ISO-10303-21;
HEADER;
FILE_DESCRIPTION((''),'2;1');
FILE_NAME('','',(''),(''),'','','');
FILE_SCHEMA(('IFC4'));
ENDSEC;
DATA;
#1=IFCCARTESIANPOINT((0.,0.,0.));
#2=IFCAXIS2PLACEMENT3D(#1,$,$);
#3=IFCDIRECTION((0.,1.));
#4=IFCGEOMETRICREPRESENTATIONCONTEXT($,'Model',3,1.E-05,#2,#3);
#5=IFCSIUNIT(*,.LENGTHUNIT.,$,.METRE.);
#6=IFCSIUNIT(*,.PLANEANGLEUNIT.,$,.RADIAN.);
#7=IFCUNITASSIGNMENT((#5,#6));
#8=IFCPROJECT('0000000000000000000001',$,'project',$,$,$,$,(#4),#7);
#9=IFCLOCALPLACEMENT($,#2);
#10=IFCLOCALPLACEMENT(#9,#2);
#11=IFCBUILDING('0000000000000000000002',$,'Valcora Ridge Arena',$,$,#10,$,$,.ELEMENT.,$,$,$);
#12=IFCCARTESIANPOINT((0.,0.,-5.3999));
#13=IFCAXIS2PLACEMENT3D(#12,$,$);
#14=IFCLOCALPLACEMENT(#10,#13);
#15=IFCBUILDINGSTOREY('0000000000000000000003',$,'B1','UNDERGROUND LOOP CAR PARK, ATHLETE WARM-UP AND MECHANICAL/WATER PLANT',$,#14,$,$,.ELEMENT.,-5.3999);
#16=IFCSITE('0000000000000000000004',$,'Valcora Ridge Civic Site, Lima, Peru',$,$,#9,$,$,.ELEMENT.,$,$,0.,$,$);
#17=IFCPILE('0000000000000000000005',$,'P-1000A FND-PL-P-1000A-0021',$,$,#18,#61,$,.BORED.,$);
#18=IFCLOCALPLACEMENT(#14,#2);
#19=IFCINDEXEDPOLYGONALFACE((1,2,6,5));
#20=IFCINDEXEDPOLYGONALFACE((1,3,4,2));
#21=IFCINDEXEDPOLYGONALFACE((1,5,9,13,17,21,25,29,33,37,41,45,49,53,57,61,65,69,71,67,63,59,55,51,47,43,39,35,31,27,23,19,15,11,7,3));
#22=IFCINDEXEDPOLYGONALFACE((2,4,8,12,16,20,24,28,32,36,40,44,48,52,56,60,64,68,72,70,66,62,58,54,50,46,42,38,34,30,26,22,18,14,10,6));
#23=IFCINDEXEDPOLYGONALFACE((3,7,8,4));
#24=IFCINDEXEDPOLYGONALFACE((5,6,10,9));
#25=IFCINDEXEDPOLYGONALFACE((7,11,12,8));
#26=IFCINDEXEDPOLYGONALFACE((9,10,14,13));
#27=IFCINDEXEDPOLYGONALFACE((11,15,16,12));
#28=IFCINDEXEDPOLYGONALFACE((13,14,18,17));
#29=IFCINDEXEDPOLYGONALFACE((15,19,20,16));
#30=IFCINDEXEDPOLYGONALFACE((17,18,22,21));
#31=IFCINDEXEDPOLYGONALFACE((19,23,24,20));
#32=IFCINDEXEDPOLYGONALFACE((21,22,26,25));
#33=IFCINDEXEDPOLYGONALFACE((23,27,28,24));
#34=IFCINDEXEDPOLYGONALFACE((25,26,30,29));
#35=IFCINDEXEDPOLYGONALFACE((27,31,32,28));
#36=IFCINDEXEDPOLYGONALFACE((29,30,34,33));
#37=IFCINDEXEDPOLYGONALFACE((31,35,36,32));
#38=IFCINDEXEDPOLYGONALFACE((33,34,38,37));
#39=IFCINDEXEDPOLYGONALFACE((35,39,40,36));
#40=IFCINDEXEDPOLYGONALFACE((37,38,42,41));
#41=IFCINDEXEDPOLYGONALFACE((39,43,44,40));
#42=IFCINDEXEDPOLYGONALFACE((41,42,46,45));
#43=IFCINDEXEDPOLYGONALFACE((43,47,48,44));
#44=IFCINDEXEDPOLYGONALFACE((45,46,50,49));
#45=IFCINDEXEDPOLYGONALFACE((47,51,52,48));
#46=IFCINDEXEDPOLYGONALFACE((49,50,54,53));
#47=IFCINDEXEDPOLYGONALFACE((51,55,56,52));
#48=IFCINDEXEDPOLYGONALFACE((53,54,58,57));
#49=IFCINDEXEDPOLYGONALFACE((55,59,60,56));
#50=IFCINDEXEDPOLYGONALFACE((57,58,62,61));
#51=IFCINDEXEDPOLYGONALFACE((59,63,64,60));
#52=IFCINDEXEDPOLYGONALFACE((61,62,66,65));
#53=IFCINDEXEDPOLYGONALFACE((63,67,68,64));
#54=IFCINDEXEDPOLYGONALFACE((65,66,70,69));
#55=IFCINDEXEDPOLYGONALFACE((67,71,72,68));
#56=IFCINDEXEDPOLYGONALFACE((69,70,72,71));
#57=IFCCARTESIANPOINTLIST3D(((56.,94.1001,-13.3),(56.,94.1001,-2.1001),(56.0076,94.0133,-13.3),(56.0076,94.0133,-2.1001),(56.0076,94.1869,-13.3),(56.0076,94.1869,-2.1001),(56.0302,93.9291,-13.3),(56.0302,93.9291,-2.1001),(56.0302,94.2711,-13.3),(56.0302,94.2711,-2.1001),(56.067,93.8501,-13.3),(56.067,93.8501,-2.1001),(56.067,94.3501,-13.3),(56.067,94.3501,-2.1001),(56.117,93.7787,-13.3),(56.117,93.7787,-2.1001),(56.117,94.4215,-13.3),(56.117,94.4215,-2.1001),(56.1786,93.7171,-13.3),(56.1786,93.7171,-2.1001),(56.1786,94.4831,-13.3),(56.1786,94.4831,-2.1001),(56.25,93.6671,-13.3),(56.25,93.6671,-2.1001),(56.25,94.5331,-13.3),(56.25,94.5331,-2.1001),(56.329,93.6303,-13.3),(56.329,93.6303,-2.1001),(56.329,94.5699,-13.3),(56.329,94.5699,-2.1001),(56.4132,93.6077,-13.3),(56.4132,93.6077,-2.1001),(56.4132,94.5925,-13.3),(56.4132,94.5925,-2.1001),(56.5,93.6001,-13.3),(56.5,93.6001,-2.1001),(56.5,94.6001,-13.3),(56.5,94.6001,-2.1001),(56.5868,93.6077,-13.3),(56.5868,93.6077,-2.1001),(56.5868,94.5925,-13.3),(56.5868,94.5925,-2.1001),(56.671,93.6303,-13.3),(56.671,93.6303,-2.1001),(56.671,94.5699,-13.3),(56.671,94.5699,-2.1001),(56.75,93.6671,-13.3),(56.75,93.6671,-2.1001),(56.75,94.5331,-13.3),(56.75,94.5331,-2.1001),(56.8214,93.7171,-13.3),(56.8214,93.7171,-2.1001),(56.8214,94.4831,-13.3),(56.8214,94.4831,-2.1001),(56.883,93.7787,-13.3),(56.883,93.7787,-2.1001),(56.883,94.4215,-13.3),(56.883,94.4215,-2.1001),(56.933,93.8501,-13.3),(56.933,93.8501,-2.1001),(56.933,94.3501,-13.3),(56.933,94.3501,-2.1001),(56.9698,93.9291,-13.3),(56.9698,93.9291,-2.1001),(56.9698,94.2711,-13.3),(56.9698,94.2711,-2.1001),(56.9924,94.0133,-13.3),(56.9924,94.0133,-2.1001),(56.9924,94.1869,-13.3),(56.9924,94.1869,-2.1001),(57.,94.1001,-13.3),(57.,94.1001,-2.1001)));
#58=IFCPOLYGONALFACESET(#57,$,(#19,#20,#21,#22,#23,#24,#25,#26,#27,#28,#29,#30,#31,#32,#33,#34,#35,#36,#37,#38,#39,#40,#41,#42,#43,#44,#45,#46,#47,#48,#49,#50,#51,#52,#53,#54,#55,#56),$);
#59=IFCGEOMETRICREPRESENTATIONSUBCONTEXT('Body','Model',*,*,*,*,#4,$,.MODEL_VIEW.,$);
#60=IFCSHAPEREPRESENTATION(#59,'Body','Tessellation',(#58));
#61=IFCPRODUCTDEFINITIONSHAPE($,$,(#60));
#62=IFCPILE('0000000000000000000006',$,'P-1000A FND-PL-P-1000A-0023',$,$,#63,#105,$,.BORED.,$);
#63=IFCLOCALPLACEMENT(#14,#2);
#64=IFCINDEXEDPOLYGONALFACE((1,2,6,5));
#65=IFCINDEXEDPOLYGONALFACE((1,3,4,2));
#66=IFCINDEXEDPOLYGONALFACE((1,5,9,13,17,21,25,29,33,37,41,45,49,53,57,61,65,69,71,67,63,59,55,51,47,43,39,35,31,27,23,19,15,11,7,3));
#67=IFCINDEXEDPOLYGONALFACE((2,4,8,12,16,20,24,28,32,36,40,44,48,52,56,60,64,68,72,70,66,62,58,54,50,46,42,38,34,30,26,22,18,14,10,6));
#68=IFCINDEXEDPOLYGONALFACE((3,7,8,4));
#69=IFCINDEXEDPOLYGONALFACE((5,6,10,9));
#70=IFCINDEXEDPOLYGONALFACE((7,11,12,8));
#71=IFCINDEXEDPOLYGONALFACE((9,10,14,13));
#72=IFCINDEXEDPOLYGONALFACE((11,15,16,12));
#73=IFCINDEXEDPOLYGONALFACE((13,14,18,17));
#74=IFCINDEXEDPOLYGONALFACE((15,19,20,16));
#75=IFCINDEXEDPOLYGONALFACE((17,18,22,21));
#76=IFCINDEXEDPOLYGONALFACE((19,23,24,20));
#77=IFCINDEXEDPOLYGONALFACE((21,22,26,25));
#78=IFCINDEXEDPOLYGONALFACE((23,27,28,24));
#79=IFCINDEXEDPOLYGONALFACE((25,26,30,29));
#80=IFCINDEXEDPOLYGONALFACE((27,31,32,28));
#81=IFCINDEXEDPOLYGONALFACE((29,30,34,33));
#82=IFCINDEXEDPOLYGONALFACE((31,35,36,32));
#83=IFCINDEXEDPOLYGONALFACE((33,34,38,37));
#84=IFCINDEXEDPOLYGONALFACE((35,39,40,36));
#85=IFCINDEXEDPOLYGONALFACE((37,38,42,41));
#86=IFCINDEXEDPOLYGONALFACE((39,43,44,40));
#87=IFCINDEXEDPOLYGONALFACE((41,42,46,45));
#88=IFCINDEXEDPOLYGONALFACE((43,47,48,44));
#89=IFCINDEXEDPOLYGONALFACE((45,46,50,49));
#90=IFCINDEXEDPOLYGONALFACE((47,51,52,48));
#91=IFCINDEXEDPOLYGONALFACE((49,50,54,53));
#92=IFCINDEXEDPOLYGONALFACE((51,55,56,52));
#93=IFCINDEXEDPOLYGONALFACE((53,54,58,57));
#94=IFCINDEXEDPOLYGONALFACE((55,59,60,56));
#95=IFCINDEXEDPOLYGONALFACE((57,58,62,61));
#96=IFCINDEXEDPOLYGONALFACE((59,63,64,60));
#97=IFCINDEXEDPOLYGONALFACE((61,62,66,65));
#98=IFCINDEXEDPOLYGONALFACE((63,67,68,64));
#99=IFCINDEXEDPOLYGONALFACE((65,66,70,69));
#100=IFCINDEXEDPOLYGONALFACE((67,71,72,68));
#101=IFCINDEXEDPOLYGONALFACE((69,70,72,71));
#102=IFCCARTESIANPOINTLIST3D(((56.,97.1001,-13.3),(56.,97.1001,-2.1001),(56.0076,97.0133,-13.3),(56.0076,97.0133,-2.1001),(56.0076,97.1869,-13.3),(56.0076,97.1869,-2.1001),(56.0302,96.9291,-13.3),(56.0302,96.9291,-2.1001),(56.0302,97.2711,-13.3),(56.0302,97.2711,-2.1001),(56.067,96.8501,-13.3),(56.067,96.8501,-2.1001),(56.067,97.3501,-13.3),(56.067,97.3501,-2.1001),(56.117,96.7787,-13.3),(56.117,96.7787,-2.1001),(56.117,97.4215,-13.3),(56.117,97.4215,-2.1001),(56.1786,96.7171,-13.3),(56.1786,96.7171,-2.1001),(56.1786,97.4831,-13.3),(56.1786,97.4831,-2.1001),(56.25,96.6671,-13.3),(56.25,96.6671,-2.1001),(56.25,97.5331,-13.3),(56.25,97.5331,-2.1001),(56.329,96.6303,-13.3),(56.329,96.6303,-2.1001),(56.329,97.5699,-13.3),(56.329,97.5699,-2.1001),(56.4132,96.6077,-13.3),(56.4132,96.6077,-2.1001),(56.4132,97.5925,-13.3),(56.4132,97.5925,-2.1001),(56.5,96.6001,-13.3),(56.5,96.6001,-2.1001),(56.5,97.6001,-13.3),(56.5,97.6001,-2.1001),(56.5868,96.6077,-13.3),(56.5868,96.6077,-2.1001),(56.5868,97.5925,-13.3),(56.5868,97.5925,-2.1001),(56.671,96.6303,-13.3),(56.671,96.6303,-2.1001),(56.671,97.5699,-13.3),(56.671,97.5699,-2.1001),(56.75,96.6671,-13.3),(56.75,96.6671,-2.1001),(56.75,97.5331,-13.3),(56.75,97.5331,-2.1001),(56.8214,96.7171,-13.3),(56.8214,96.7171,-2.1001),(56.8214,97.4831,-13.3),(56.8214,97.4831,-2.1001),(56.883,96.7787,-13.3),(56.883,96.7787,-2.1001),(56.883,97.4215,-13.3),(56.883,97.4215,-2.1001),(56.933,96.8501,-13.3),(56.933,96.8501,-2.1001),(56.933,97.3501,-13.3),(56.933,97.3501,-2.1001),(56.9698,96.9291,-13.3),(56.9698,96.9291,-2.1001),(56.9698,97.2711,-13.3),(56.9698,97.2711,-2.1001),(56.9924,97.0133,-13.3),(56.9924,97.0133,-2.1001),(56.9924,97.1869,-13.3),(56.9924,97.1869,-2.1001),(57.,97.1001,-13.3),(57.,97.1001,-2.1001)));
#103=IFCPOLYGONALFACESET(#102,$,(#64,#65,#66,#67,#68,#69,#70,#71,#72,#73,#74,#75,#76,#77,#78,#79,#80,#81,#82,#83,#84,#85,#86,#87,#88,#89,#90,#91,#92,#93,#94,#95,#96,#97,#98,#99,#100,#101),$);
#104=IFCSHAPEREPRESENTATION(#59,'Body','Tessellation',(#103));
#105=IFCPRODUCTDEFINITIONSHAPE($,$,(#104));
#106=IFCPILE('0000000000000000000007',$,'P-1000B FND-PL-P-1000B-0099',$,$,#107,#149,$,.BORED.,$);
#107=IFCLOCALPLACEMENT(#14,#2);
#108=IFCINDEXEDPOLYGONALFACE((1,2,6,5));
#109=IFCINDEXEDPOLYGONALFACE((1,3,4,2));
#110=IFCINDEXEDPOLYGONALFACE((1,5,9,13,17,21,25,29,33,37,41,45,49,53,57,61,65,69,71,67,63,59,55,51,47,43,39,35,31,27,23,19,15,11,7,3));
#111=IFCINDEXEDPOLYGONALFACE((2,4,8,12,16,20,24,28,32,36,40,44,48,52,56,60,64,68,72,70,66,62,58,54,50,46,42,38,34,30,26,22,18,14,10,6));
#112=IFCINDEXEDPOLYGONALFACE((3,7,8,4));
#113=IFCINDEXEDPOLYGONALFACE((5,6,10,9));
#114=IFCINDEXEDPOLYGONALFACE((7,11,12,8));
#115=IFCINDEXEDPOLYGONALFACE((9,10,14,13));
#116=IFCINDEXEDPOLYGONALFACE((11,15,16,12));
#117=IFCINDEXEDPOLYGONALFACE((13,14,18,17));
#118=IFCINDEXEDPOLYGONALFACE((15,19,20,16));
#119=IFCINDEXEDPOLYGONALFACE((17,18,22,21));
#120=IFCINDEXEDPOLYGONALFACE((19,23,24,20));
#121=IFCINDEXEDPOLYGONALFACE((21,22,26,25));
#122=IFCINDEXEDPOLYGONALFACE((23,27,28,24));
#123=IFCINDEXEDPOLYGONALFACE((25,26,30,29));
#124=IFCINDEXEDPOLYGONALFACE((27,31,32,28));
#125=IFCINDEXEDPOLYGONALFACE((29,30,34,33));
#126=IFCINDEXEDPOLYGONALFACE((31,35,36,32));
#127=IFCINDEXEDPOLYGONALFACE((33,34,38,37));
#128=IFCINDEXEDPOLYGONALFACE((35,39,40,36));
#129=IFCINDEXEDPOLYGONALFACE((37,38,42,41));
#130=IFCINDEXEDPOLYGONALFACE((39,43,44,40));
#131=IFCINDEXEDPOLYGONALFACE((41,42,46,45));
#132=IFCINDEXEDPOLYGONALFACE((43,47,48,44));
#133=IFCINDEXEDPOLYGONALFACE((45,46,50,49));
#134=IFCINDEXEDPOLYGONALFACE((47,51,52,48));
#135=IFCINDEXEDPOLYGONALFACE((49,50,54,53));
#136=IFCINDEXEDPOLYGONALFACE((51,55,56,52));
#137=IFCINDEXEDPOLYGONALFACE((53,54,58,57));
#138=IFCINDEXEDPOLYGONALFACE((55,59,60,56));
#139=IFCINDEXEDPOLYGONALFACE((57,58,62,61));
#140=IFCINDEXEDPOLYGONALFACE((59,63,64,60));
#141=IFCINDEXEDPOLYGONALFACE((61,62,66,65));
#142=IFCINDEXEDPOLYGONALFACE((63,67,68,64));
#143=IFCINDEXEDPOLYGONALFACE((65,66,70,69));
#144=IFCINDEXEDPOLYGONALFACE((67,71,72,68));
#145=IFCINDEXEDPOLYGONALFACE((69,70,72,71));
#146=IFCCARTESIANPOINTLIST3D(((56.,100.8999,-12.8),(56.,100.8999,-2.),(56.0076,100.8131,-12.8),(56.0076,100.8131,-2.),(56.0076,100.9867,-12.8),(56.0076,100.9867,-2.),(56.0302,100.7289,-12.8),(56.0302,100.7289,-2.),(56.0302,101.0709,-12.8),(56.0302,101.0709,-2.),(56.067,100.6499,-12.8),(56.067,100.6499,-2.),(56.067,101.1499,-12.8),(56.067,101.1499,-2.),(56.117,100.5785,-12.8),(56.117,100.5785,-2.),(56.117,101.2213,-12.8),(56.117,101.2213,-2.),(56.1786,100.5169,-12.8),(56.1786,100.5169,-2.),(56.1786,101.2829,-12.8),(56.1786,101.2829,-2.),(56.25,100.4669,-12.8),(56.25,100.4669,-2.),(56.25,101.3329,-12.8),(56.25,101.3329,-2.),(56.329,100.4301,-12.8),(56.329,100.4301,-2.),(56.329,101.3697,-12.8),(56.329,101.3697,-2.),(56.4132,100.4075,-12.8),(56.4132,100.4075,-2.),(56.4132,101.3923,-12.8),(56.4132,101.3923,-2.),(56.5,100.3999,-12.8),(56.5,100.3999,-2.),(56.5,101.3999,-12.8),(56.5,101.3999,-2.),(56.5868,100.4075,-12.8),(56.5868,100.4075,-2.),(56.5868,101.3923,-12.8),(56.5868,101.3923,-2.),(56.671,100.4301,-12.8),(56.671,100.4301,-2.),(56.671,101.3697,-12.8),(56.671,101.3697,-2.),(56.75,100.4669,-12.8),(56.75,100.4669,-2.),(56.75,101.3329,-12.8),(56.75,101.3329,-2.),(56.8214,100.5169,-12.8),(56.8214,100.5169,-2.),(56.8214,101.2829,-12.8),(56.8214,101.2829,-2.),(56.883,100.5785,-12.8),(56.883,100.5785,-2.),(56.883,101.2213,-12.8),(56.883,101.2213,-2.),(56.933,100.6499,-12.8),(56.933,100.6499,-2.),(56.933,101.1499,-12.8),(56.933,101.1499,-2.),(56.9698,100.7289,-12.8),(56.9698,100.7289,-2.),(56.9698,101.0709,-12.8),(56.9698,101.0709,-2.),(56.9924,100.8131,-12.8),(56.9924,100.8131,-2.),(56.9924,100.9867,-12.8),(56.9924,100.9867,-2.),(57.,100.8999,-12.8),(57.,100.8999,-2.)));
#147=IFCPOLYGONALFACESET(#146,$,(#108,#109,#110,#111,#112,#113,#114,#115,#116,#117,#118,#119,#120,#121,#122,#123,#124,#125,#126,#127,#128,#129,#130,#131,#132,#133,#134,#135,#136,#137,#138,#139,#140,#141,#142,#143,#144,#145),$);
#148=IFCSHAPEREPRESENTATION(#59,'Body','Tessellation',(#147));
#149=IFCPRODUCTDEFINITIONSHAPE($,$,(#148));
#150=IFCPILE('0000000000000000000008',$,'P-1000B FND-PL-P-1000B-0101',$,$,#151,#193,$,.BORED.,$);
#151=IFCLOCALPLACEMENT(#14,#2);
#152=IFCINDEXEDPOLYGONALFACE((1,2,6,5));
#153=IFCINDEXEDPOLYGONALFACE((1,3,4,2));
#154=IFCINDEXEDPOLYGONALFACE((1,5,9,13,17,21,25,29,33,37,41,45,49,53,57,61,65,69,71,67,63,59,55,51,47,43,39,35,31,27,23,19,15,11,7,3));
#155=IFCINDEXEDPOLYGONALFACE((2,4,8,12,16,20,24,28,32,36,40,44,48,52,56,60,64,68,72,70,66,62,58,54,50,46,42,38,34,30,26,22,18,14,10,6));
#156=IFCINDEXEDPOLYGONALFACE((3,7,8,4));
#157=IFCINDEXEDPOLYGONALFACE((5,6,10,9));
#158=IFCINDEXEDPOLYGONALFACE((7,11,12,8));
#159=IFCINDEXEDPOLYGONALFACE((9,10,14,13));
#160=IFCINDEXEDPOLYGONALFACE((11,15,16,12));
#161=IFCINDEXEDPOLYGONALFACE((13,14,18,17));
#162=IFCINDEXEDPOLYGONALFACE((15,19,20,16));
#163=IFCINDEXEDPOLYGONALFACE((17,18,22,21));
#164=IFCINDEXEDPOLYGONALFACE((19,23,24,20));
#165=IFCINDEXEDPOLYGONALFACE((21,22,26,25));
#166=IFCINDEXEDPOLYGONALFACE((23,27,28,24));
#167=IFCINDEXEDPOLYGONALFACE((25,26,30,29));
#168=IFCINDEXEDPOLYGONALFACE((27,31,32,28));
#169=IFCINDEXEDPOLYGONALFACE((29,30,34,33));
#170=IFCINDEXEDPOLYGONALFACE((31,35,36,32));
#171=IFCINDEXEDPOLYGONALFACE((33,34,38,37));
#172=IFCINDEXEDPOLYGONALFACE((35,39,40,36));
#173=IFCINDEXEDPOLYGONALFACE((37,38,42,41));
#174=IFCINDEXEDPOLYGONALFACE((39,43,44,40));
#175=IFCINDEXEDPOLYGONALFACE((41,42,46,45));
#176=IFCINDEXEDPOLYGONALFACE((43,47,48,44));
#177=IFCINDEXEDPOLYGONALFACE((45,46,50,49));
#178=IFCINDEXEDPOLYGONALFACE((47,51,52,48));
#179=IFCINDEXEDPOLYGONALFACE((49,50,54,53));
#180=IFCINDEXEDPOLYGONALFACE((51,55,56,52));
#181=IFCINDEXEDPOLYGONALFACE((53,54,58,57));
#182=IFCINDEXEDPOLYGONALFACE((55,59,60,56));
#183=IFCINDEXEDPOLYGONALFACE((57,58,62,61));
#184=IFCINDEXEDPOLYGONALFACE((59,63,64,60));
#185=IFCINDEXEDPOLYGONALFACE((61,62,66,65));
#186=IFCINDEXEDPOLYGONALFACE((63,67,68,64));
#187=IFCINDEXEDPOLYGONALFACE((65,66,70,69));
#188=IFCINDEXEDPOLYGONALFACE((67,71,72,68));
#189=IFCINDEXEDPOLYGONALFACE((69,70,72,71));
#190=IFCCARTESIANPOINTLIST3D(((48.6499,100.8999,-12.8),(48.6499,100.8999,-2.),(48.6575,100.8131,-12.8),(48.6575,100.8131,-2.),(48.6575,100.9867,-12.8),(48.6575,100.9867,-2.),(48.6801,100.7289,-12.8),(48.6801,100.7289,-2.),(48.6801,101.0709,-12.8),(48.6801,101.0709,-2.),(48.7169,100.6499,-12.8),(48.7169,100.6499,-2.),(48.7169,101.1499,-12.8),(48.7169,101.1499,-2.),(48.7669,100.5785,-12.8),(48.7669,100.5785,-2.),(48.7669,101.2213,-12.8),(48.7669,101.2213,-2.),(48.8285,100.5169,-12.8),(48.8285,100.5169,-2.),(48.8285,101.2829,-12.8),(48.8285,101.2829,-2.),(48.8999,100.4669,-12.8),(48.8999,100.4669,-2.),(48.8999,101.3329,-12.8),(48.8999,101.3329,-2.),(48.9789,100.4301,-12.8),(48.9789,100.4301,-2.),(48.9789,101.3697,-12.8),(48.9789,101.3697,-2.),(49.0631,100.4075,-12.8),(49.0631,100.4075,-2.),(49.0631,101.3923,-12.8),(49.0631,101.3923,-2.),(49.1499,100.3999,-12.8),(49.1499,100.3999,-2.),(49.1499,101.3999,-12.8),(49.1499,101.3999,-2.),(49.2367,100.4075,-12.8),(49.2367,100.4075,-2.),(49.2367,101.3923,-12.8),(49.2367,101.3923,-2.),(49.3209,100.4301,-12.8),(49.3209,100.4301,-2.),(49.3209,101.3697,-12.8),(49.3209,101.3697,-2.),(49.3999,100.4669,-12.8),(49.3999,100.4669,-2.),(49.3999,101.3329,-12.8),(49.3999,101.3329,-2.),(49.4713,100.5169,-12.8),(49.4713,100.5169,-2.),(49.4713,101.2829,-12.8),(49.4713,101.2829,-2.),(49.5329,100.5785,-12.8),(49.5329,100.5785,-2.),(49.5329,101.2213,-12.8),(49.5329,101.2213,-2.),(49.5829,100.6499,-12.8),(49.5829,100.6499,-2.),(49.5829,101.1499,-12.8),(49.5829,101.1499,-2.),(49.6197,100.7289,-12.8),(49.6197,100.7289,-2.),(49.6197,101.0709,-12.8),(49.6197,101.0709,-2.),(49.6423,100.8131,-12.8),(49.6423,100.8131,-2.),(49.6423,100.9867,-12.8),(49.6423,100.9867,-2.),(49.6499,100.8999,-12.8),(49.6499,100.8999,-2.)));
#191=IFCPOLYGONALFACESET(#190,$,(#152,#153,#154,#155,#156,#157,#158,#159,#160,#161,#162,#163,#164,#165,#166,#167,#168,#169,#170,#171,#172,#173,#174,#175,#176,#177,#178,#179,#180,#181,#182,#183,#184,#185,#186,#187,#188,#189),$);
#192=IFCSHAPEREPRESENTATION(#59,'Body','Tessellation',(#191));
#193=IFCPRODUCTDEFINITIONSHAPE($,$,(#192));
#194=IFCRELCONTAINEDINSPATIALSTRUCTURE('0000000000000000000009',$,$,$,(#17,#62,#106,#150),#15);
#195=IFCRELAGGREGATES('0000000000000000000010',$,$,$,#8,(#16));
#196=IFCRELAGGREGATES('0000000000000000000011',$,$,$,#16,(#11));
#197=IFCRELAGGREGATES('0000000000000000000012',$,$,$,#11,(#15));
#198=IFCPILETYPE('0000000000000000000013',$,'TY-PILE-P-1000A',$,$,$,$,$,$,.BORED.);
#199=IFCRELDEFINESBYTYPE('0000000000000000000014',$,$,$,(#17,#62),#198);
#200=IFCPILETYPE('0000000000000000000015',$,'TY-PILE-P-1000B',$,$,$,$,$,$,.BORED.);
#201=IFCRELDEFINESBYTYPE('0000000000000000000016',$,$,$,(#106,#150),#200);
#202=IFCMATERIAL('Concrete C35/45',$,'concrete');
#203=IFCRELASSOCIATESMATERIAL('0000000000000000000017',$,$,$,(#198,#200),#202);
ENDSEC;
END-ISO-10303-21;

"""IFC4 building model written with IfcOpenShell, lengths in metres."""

from ifc_helpers import new_model, si_unit, direction, frame, origin, origin_2d, place, context, subcontext, project, spatial, circle, extrude, material, material_profile, profile_set, type_object, element, save


model = new_model("IFC4")

# Units and contexts
model_context = context("Model", 3, precision=1e-05, world=origin(), true_north=direction((0.0, 1.0)))
body_context = subcontext(model_context, "Body", "Model", "MODEL_VIEW")
ifc_project = project(units=[si_unit("LENGTHUNIT", "METRE"), si_unit("PLANEANGLEUNIT", "RADIAN")], contexts=[model_context])

# Site, building, storey
site_placement = place(None, origin())
site = spatial("IfcSite", under=ifc_project, at=site_placement, Name="Valcora Ridge Civic Site, Lima, Peru", CompositionType="ELEMENT", RefElevation=0.0)
building_placement = place(site_placement, origin())
building = spatial("IfcBuilding", under=site, at=building_placement, Name="Valcora Ridge Arena", CompositionType="ELEMENT")
storey_placement = place(building_placement, frame((0.0, 0.0, -5.3999)))
storey = spatial("IfcBuildingStorey", under=building, at=storey_placement, Name="B1", Description="UNDERGROUND LOOP CAR PARK, ATHLETE WARM-UP AND MECHANICAL/WATER PLANT", CompositionType="ELEMENT", Elevation=-5.3999)

# Piles
ifc_material_1 = material(Name="Concrete C35/45", Category="concrete")
ifc_material_profile_1 = material_profile(ifc_material_1, circle(Radius=0.5, at=origin_2d()), Name="BORED PILE D1000")
ifc_profile_set_1 = profile_set([ifc_material_profile_1], Name="Concrete C35/45")
pile_type_1 = type_object("IfcPileType", Name="TY-PILE-P-1000A", PredefinedType="BORED", material=ifc_profile_set_1)
for number, where, z_axis, x_axis, name in (
    (1, (56.5, 94.1001, -2.1001), (0.0, 0.0, -1.0), (1.0, 0.0, 0.0), "P-1000A FND-PL-P-1000A-0021"),
    (2, (56.5, 97.1001, -2.1001), (0.0, 0.0, -1.0), (1.0, 0.0, 0.0), "P-1000A FND-PL-P-1000A-0023"),
):
    element("IfcPile", number, at=place(storey_placement, frame(where, z_axis=z_axis, x_axis=x_axis)), inside=storey, type_object=pile_type_1, Name=name, PredefinedType="BORED", context=body_context, shape_type="SweptSolid", body=[
        extrude(circle(Radius=0.5, at=origin_2d()), origin(), (0.0, 0.0, 1.0), 11.2),
    ])
ifc_material_profile_2 = material_profile(ifc_material_1, circle(Radius=0.5, at=origin_2d()), Name="BORED PILE D1000")
ifc_profile_set_2 = profile_set([ifc_material_profile_2], Name="Concrete C35/45")
pile_type_2 = type_object("IfcPileType", Name="TY-PILE-P-1000B", PredefinedType="BORED", material=ifc_profile_set_2)
for number, where, z_axis, x_axis, name in (
    (3, (56.5, 100.8999, -2.0), (0.0, 0.0, -1.0), (1.0, 0.0, 0.0), "P-1000B FND-PL-P-1000B-0099"),
    (4, (49.1499, 100.8999, -2.0), (0.0, 0.0, -1.0), (1.0, 0.0, 0.0), "P-1000B FND-PL-P-1000B-0101"),
):
    element("IfcPile", number, at=place(storey_placement, frame(where, z_axis=z_axis, x_axis=x_axis)), inside=storey, type_object=pile_type_2, Name=name, PredefinedType="BORED", context=body_context, shape_type="SweptSolid", body=[
        extrude(circle(Radius=0.5, at=origin_2d()), origin(), (0.0, 0.0, 1.0), 10.8),
    ])

save(model, "model.ifc")
